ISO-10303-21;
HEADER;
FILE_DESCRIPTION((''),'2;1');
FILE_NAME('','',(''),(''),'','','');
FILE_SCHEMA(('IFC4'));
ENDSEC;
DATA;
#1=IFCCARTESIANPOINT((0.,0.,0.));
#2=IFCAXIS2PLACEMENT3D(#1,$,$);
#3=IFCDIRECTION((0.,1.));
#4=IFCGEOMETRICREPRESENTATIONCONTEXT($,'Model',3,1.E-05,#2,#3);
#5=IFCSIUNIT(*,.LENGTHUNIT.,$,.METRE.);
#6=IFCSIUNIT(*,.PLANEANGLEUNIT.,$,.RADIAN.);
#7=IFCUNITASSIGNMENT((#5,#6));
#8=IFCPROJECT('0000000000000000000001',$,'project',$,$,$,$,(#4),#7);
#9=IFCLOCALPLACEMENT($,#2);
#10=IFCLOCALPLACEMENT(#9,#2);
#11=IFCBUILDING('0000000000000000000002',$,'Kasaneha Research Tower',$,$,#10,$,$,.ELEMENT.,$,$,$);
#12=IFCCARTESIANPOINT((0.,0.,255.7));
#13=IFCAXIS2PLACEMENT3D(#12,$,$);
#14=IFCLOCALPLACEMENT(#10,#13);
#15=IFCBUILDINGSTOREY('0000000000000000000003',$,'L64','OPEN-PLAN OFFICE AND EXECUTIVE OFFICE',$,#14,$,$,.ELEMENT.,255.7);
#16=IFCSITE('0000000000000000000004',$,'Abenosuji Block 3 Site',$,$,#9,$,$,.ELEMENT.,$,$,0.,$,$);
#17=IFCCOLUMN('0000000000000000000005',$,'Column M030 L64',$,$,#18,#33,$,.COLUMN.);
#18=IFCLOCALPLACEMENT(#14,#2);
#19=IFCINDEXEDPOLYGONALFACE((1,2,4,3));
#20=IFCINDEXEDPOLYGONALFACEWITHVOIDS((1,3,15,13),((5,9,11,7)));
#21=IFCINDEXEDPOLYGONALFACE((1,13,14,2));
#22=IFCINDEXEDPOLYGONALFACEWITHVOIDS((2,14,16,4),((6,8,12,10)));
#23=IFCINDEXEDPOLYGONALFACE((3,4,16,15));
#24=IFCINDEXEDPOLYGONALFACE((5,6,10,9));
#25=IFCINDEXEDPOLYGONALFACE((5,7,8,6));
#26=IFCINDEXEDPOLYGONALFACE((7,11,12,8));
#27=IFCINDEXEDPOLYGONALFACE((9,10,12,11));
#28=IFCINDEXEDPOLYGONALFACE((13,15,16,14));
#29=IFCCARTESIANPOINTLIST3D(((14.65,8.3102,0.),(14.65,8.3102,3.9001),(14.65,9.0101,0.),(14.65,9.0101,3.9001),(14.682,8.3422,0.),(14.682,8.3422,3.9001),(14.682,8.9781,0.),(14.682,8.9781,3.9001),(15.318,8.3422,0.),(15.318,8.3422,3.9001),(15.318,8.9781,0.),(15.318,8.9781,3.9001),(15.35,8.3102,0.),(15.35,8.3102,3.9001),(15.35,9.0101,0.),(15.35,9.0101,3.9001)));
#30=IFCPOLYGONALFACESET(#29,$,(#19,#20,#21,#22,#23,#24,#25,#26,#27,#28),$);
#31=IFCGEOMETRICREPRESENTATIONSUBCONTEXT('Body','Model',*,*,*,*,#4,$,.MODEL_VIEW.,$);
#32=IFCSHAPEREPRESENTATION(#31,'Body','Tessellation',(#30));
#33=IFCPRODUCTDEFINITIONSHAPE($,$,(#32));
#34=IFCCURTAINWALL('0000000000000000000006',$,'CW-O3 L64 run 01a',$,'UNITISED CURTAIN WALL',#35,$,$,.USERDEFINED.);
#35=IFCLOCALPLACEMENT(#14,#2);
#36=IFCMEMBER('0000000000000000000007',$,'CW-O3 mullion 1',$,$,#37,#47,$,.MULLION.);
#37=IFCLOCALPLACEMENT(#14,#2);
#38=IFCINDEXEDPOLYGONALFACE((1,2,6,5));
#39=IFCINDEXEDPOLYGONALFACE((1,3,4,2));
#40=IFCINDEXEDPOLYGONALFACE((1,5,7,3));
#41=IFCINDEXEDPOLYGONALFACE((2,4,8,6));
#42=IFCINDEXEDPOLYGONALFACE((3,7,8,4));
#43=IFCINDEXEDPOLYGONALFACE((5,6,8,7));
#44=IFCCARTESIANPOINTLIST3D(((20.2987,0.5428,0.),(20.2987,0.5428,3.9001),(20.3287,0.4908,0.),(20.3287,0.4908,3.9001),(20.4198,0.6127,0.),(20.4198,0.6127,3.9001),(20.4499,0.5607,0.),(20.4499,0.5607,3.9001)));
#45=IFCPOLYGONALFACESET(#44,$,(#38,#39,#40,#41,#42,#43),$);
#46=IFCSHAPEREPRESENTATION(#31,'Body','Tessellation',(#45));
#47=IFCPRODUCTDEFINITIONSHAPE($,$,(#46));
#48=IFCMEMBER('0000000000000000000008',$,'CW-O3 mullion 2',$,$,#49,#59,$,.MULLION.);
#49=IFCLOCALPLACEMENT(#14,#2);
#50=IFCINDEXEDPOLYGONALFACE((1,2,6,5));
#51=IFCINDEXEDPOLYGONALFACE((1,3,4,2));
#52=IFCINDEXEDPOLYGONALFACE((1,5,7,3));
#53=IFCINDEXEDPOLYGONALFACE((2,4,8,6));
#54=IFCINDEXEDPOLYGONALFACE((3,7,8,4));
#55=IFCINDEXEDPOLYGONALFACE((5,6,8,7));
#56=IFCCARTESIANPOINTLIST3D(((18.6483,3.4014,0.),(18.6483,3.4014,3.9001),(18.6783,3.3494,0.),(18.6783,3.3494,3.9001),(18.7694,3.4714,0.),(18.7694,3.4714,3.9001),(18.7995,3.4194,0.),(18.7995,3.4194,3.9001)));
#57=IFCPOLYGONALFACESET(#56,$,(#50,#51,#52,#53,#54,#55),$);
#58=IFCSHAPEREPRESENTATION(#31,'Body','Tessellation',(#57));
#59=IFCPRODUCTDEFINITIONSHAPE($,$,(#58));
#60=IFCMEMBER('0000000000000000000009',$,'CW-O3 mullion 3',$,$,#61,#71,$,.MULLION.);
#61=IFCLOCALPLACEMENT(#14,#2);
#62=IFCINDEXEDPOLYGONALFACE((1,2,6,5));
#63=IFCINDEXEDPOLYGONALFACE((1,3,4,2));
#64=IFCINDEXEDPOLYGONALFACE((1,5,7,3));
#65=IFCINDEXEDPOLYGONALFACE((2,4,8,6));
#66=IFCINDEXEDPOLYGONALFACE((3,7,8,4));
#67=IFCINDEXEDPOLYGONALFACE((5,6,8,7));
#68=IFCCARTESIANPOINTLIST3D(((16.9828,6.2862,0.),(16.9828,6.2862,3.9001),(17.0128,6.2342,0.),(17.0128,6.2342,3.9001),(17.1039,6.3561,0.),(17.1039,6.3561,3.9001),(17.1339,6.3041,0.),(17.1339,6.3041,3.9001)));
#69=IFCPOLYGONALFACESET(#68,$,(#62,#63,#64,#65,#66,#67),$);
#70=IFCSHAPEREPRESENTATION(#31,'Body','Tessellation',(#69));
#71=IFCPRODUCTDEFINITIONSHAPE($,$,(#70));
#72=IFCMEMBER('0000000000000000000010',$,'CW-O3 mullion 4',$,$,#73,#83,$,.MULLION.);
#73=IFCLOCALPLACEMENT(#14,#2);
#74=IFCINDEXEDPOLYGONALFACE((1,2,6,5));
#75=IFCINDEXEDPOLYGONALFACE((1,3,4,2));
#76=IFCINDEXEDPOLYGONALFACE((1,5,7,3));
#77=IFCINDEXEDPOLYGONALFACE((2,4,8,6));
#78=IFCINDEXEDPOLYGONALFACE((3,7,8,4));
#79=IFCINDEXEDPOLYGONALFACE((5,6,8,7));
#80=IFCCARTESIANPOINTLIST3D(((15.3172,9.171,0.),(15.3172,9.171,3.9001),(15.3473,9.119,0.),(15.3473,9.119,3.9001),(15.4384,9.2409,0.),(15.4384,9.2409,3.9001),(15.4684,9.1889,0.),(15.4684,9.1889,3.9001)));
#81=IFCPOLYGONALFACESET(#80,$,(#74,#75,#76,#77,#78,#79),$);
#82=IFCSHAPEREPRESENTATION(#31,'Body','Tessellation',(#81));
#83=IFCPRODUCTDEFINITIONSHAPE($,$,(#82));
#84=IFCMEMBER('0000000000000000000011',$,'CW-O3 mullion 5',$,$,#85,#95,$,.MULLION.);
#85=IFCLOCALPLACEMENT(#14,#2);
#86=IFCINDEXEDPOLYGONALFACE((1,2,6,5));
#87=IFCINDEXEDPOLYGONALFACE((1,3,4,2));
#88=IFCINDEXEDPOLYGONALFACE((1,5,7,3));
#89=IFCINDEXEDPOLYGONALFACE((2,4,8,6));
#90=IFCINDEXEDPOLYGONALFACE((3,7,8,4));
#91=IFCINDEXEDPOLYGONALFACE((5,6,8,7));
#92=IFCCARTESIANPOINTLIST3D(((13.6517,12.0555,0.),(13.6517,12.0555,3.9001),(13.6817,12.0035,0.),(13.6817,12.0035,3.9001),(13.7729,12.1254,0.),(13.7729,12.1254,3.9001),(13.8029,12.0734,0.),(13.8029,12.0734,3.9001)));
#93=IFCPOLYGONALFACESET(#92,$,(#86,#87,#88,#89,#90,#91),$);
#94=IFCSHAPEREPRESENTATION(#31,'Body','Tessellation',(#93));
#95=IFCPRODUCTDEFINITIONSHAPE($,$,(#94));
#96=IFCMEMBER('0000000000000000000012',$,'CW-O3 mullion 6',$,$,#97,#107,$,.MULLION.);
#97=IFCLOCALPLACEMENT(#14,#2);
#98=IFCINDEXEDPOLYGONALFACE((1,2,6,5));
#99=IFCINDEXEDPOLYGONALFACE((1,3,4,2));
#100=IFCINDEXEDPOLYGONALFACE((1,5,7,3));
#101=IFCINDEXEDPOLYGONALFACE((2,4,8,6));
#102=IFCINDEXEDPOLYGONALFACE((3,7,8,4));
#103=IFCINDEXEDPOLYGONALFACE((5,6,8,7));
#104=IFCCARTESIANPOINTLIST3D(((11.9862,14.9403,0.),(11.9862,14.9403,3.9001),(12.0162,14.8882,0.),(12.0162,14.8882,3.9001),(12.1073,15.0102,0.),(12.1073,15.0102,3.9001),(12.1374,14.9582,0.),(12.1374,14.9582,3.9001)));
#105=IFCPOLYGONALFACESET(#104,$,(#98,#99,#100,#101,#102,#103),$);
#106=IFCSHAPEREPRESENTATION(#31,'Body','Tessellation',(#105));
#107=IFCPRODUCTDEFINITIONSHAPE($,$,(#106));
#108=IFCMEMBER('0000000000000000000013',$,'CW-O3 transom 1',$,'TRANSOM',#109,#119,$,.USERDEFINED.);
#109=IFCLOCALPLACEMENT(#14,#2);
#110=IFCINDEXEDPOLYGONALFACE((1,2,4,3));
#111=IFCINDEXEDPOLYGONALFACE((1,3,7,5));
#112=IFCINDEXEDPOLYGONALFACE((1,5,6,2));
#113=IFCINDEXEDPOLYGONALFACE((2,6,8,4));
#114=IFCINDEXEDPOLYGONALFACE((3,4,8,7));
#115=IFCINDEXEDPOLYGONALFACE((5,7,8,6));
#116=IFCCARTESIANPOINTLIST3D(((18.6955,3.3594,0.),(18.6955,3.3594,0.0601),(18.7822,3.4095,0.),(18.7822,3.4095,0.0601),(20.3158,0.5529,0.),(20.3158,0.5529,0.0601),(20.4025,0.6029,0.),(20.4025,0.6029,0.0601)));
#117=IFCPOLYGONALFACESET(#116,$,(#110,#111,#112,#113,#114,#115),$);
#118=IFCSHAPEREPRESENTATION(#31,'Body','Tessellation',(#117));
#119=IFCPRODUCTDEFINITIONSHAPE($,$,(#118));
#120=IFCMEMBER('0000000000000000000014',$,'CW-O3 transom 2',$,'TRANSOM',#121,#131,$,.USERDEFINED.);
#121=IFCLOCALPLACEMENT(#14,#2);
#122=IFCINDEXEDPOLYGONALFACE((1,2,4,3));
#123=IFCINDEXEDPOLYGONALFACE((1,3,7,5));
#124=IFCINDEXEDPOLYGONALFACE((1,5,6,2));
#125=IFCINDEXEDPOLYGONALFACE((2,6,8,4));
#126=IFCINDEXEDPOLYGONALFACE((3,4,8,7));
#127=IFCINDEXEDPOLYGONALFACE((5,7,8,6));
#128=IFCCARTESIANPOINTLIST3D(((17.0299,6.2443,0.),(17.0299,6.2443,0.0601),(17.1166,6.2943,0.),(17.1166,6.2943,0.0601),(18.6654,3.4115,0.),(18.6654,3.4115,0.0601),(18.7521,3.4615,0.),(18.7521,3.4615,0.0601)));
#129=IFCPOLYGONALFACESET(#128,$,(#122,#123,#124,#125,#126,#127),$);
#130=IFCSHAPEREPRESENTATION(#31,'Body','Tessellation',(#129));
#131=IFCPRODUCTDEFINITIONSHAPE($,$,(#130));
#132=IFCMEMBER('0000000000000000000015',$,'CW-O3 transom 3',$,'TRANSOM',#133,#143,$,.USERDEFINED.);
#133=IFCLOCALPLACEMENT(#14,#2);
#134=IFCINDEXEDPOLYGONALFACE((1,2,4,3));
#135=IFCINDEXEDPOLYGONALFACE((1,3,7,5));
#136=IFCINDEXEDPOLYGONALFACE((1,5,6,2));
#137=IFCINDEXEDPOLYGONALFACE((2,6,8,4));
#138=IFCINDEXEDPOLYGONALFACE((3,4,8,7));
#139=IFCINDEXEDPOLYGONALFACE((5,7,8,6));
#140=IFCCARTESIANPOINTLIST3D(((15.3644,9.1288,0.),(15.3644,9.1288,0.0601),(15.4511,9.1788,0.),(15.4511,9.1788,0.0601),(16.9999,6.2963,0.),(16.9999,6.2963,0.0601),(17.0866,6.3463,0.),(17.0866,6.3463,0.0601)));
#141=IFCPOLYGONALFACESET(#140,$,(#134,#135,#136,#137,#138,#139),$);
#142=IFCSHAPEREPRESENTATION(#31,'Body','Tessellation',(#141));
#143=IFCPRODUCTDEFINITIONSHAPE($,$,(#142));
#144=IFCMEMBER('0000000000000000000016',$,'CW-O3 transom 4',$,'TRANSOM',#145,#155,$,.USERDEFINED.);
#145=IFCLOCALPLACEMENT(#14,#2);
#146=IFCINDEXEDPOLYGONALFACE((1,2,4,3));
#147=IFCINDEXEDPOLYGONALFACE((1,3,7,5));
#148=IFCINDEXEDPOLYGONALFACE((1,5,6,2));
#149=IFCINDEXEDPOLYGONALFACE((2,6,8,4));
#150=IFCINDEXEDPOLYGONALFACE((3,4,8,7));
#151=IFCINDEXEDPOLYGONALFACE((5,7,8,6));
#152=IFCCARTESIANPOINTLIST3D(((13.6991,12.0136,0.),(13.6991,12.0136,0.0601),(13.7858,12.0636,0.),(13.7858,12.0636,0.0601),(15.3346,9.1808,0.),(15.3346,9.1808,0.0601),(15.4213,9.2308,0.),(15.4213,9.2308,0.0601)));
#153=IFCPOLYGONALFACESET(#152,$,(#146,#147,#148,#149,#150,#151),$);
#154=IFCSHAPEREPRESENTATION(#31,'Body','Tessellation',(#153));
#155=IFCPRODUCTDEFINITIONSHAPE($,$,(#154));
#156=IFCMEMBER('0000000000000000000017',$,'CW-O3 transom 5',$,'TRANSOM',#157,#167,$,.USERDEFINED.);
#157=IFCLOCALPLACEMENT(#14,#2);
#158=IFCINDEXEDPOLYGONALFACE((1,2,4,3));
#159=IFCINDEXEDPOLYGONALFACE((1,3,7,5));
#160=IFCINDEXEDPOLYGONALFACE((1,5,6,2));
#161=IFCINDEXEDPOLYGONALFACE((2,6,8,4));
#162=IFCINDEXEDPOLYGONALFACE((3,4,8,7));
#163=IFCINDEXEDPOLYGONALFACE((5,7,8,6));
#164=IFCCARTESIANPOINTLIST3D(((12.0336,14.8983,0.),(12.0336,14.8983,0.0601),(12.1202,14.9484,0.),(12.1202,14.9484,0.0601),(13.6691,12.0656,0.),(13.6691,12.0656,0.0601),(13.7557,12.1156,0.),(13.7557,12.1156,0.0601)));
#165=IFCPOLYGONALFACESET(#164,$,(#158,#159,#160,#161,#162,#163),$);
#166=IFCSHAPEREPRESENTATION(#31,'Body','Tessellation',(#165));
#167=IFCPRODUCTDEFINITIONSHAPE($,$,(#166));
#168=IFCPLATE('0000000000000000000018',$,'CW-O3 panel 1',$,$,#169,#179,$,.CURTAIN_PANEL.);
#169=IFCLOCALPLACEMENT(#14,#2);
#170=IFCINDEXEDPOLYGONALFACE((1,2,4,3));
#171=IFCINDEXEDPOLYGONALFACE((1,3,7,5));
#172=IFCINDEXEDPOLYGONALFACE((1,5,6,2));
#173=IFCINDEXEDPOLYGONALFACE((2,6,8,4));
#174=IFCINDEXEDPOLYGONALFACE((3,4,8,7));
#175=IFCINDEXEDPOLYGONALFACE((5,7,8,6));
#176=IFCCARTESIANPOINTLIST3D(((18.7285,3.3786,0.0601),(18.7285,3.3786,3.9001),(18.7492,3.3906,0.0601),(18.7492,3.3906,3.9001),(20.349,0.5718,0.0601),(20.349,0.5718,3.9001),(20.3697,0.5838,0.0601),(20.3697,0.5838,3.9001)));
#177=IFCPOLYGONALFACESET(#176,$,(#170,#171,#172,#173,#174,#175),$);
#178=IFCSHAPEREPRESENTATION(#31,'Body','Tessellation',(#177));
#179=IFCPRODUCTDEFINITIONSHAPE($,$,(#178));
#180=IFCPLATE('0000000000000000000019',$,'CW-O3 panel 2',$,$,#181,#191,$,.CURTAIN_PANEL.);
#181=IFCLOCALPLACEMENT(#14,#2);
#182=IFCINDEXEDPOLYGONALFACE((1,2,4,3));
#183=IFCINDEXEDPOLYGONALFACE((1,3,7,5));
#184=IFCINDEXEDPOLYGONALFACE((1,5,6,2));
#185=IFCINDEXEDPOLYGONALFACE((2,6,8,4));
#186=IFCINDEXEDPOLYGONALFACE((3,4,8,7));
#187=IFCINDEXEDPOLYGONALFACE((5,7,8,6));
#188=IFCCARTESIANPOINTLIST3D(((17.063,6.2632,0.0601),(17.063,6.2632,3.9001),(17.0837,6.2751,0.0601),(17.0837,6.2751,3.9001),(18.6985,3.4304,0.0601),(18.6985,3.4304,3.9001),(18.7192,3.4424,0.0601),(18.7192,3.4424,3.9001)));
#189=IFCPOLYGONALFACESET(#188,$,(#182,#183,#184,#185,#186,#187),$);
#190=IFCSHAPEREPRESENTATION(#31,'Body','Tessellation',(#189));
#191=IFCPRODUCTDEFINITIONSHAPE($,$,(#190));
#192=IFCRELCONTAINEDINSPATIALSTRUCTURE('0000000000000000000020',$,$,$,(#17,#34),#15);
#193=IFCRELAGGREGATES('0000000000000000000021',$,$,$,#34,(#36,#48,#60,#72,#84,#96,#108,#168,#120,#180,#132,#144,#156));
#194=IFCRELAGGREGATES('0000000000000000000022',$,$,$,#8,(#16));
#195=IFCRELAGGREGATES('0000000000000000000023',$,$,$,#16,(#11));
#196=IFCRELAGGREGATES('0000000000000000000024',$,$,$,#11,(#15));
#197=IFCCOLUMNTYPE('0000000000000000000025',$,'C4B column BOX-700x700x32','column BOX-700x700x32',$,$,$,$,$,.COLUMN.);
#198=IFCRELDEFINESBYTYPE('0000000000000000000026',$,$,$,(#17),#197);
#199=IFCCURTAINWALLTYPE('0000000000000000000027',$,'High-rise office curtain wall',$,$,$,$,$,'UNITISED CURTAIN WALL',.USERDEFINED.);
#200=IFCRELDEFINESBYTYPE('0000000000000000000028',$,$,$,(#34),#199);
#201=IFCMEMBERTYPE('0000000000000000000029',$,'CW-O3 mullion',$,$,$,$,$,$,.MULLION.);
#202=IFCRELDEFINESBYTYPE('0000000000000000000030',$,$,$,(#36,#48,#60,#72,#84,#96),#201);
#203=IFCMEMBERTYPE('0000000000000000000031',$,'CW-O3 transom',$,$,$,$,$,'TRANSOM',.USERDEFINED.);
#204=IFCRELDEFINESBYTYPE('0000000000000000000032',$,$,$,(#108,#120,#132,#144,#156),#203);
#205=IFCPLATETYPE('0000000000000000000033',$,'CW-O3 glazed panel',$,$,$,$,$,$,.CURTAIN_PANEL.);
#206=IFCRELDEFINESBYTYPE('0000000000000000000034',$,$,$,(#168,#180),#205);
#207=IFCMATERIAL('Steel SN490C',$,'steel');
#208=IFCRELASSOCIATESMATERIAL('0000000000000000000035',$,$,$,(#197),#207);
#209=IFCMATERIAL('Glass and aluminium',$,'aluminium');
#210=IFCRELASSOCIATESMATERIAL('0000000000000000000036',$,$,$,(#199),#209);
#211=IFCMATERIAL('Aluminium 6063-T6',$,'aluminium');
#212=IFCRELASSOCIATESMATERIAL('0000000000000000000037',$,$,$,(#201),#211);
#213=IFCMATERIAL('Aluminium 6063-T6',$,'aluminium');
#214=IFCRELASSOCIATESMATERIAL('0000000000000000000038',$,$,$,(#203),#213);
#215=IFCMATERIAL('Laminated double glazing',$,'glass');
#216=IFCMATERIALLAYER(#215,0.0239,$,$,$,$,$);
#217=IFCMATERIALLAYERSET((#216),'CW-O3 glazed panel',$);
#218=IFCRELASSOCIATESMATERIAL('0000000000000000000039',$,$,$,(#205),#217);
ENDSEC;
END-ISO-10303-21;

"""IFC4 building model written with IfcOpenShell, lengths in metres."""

from ifc_helpers import new_model, si_unit, direction, frame, origin, origin_2d, place, context, subcontext, project, spatial, rectangle, hollow_rectangle, extrude, material, layer, layer_set, material_profile, profile_set, type_object, element, aggregate, save


model = new_model("IFC4")

# Units and contexts
model_context = context("Model", 3, precision=1e-05, world=origin(), true_north=direction((0.0, 1.0)))
body_context = subcontext(model_context, "Body", "Model", "MODEL_VIEW")
ifc_project = project(units=[si_unit("LENGTHUNIT", "METRE"), si_unit("PLANEANGLEUNIT", "RADIAN")], contexts=[model_context])

# Site, building, storey
site_placement = place(None, origin())
site = spatial("IfcSite", under=ifc_project, at=site_placement, Name="Abenosuji Block 3 Site", CompositionType="ELEMENT", RefElevation=0.0)
building_placement = place(site_placement, origin())
building = spatial("IfcBuilding", under=site, at=building_placement, Name="Kasaneha Research Tower", CompositionType="ELEMENT")
storey_placement = place(building_placement, frame((0.0, 0.0, 255.7)))
storey = spatial("IfcBuildingStorey", under=building, at=storey_placement, Name="L64", Description="OPEN-PLAN OFFICE AND EXECUTIVE OFFICE", CompositionType="ELEMENT", Elevation=255.7)

# Column
ifc_material_1 = material(Name="Steel SN490C", Category="steel")
ifc_material_profile_1 = material_profile(ifc_material_1, hollow_rectangle(XDim=0.7, YDim=0.7, WallThickness=0.032, at=origin_2d()), Name="BOX-700x700x32")
ifc_profile_set_1 = profile_set([ifc_material_profile_1], Name="Steel SN490C")
column_type = type_object("IfcColumnType", Name="C4B column BOX-700x700x32", Description="column BOX-700x700x32", PredefinedType="COLUMN", material=ifc_profile_set_1)
column_placement = place(storey_placement, frame((15.0, 8.6602, 0.0), z_axis=(0.0, 0.0, 1.0), x_axis=(1.0, 0.0, 0.0)))
element("IfcColumn", 1, at=column_placement, inside=storey, type_object=column_type, Name="Column M030 L64", PredefinedType="COLUMN", context=body_context, shape_type="SweptSolid", body=[
    extrude(hollow_rectangle(XDim=0.7, YDim=0.7, WallThickness=0.032, at=origin_2d()), origin(), (0.0, 0.0, 1.0), 3.9001),
])

# Curtain wall, members, plates
ifc_material_2 = material(Name="Glass and aluminium", Category="aluminium")
curtain_wall_type = type_object("IfcCurtainWallType", Name="High-rise office curtain wall", ElementType="UNITISED CURTAIN WALL", PredefinedType="USERDEFINED", material=ifc_material_2)
curtain_wall_placement = place(storey_placement, origin())
curtain_wall = element("IfcCurtainWall", 2, at=curtain_wall_placement, inside=storey, type_object=curtain_wall_type, Name="CW-O3 L64 run 01a", ObjectType="UNITISED CURTAIN WALL", PredefinedType="USERDEFINED")
ifc_material_3 = material(Name="Aluminium 6063-T6", Category="aluminium")
ifc_material_profile_2 = material_profile(ifc_material_3, rectangle(XDim=0.0601, YDim=0.1399, at=origin_2d()), Name="CW-O3 mullion 60x140")
ifc_profile_set_2 = profile_set([ifc_material_profile_2], Name="Aluminium 6063-T6")
member_type_1 = type_object("IfcMemberType", Name="CW-O3 mullion", PredefinedType="MULLION", material=ifc_profile_set_2)
member_1_placement = place(storey_placement, frame((20.3743, 0.5518, 0.0), z_axis=(0.0, 0.0, 1.0), x_axis=(-0.5, 0.866025, 0.0)))
member_1 = element("IfcMember", 3, at=member_1_placement, type_object=member_type_1, Name="CW-O3 mullion 1", PredefinedType="MULLION", context=body_context, shape_type="SweptSolid", body=[
    extrude(rectangle(XDim=0.0601, YDim=0.1399, at=origin_2d()), origin(), (0.0, 0.0, 1.0), 3.9001),
])
member_2_placement = place(storey_placement, frame((18.7239, 3.4104, 0.0), z_axis=(0.0, 0.0, 1.0), x_axis=(-0.5, 0.866025, 0.0)))
member_2 = element("IfcMember", 4, at=member_2_placement, type_object=member_type_1, Name="CW-O3 mullion 2", PredefinedType="MULLION", context=body_context, shape_type="SweptSolid", body=[
    extrude(rectangle(XDim=0.0601, YDim=0.1399, at=origin_2d()), origin(), (0.0, 0.0, 1.0), 3.9001),
])
member_3_placement = place(storey_placement, frame((17.0583, 6.2952, 0.0), z_axis=(0.0, 0.0, 1.0), x_axis=(-0.5, 0.866025, 0.0)))
member_3 = element("IfcMember", 5, at=member_3_placement, type_object=member_type_1, Name="CW-O3 mullion 3", PredefinedType="MULLION", context=body_context, shape_type="SweptSolid", body=[
    extrude(rectangle(XDim=0.0601, YDim=0.1399, at=origin_2d()), origin(), (0.0, 0.0, 1.0), 3.9001),
])
member_4_placement = place(storey_placement, frame((15.3928, 9.1799, 0.0), z_axis=(0.0, 0.0, 1.0), x_axis=(-0.5, 0.866025, 0.0)))
member_4 = element("IfcMember", 6, at=member_4_placement, type_object=member_type_1, Name="CW-O3 mullion 4", PredefinedType="MULLION", context=body_context, shape_type="SweptSolid", body=[
    extrude(rectangle(XDim=0.0601, YDim=0.1399, at=origin_2d()), origin(), (0.0, 0.0, 1.0), 3.9001),
])
member_5_placement = place(storey_placement, frame((13.7273, 12.0645, 0.0), z_axis=(0.0, 0.0, 1.0), x_axis=(-0.5, 0.866025, 0.0)))
member_5 = element("IfcMember", 7, at=member_5_placement, type_object=member_type_1, Name="CW-O3 mullion 5", PredefinedType="MULLION", context=body_context, shape_type="SweptSolid", body=[
    extrude(rectangle(XDim=0.0601, YDim=0.1399, at=origin_2d()), origin(), (0.0, 0.0, 1.0), 3.9001),
])
member_6_placement = place(storey_placement, frame((12.0618, 14.9492, 0.0), z_axis=(0.0, 0.0, 1.0), x_axis=(-0.5, 0.866025, 0.0)))
member_6 = element("IfcMember", 8, at=member_6_placement, type_object=member_type_1, Name="CW-O3 mullion 6", PredefinedType="MULLION", context=body_context, shape_type="SweptSolid", body=[
    extrude(rectangle(XDim=0.0601, YDim=0.1399, at=origin_2d()), origin(), (0.0, 0.0, 1.0), 3.9001),
])
ifc_material_4 = material(Name="Aluminium 6063-T6", Category="aluminium")
ifc_material_profile_3 = material_profile(ifc_material_4, rectangle(XDim=0.1001, YDim=0.0601, at=origin_2d()), Name="CW-O3 transom 100x60")
ifc_profile_set_3 = profile_set([ifc_material_profile_3], Name="Aluminium 6063-T6")
member_type_2 = type_object("IfcMemberType", Name="CW-O3 transom", ElementType="TRANSOM", PredefinedType="USERDEFINED", material=ifc_profile_set_3)
member_7_placement = place(storey_placement, frame((20.3591, 0.5779, 0.03), z_axis=(-0.499988, 0.866033, 0.0), x_axis=(-0.866033, -0.499988, 0.0)))
member_7 = element("IfcMember", 9, at=member_7_placement, type_object=member_type_2, Name="CW-O3 transom 1", ObjectType="TRANSOM", PredefinedType="USERDEFINED", context=body_context, shape_type="SweptSolid", body=[
    extrude(rectangle(XDim=0.1001, YDim=0.0601, at=origin_2d()), origin(), (0.0, 0.0, 1.0), 3.2407),
])
member_8_placement = place(storey_placement, frame((18.7087, 3.4365, 0.03), z_axis=(-0.5, 0.866025, 0.0), x_axis=(-0.866025, -0.5, 0.0)))
member_8 = element("IfcMember", 10, at=member_8_placement, type_object=member_type_2, Name="CW-O3 transom 2", ObjectType="TRANSOM", PredefinedType="USERDEFINED", context=body_context, shape_type="SweptSolid", body=[
    extrude(rectangle(XDim=0.1001, YDim=0.0601, at=origin_2d()), origin(), (0.0, 0.0, 1.0), 3.271),
])
member_9_placement = place(storey_placement, frame((17.0432, 6.3213, 0.03), z_axis=(-0.500033, 0.866007, 0.0), x_axis=(-0.866007, -0.500033, 0.0)))
member_9 = element("IfcMember", 11, at=member_9_placement, type_object=member_type_2, Name="CW-O3 transom 3", ObjectType="TRANSOM", PredefinedType="USERDEFINED", context=body_context, shape_type="SweptSolid", body=[
    extrude(rectangle(XDim=0.1001, YDim=0.0601, at=origin_2d()), origin(), (0.0, 0.0, 1.0), 3.2708),
])
member_10_placement = place(storey_placement, frame((15.3779, 9.2058, 0.03), z_axis=(-0.5, 0.866025, 0.0), x_axis=(-0.866025, -0.5, 0.0)))
member_10 = element("IfcMember", 12, at=member_10_placement, type_object=member_type_2, Name="CW-O3 transom 4", ObjectType="TRANSOM", PredefinedType="USERDEFINED", context=body_context, shape_type="SweptSolid", body=[
    extrude(rectangle(XDim=0.1001, YDim=0.0601, at=origin_2d()), origin(), (0.0, 0.0, 1.0), 3.271),
])
member_11_placement = place(storey_placement, frame((13.7124, 12.0906, 0.03), z_axis=(-0.5, 0.866025, 0.0), x_axis=(-0.866025, -0.5, 0.0)))
member_11 = element("IfcMember", 13, at=member_11_placement, type_object=member_type_2, Name="CW-O3 transom 5", ObjectType="TRANSOM", PredefinedType="USERDEFINED", context=body_context, shape_type="SweptSolid", body=[
    extrude(rectangle(XDim=0.1001, YDim=0.0601, at=origin_2d()), origin(), (0.0, 0.0, 1.0), 3.271),
])
ifc_material_5 = material(Name="Laminated double glazing", Category="glass")
ifc_layer_1 = layer(ifc_material_5, 0.0239)
ifc_layer_set_1 = layer_set([ifc_layer_1], Name="CW-O3 glazed panel")
plate_type = type_object("IfcPlateType", Name="CW-O3 glazed panel", PredefinedType="CURTAIN_PANEL", material=ifc_layer_set_1)
plate_1_placement = place(storey_placement, frame((19.5491, 1.9812, 0.0601), z_axis=(0.0, 0.0, 1.0), x_axis=(-0.5, 0.866025, 0.0)))
plate_1 = element("IfcPlate", 14, at=plate_1_placement, type_object=plate_type, Name="CW-O3 panel 1", PredefinedType="CURTAIN_PANEL", context=body_context, shape_type="SweptSolid", body=[
    extrude(rectangle(XDim=3.241, YDim=0.0239, at=origin_2d()), origin(), (0.0, 0.0, 1.0), 3.8401),
])
plate_2_placement = place(storey_placement, frame((17.8911, 4.8528, 0.0601), z_axis=(0.0, 0.0, 1.0), x_axis=(-0.5, 0.866025, 0.0)))
plate_2 = element("IfcPlate", 15, at=plate_2_placement, type_object=plate_type, Name="CW-O3 panel 2", PredefinedType="CURTAIN_PANEL", context=body_context, shape_type="SweptSolid", body=[
    extrude(rectangle(XDim=3.271, YDim=0.0239, at=origin_2d()), origin(), (0.0, 0.0, 1.0), 3.8401),
])
aggregate(curtain_wall, [member_1, member_2, member_3, member_4, member_5, member_6, member_7, plate_1, member_8, plate_2, member_9, member_10, member_11])

save(model, "model.ifc")
